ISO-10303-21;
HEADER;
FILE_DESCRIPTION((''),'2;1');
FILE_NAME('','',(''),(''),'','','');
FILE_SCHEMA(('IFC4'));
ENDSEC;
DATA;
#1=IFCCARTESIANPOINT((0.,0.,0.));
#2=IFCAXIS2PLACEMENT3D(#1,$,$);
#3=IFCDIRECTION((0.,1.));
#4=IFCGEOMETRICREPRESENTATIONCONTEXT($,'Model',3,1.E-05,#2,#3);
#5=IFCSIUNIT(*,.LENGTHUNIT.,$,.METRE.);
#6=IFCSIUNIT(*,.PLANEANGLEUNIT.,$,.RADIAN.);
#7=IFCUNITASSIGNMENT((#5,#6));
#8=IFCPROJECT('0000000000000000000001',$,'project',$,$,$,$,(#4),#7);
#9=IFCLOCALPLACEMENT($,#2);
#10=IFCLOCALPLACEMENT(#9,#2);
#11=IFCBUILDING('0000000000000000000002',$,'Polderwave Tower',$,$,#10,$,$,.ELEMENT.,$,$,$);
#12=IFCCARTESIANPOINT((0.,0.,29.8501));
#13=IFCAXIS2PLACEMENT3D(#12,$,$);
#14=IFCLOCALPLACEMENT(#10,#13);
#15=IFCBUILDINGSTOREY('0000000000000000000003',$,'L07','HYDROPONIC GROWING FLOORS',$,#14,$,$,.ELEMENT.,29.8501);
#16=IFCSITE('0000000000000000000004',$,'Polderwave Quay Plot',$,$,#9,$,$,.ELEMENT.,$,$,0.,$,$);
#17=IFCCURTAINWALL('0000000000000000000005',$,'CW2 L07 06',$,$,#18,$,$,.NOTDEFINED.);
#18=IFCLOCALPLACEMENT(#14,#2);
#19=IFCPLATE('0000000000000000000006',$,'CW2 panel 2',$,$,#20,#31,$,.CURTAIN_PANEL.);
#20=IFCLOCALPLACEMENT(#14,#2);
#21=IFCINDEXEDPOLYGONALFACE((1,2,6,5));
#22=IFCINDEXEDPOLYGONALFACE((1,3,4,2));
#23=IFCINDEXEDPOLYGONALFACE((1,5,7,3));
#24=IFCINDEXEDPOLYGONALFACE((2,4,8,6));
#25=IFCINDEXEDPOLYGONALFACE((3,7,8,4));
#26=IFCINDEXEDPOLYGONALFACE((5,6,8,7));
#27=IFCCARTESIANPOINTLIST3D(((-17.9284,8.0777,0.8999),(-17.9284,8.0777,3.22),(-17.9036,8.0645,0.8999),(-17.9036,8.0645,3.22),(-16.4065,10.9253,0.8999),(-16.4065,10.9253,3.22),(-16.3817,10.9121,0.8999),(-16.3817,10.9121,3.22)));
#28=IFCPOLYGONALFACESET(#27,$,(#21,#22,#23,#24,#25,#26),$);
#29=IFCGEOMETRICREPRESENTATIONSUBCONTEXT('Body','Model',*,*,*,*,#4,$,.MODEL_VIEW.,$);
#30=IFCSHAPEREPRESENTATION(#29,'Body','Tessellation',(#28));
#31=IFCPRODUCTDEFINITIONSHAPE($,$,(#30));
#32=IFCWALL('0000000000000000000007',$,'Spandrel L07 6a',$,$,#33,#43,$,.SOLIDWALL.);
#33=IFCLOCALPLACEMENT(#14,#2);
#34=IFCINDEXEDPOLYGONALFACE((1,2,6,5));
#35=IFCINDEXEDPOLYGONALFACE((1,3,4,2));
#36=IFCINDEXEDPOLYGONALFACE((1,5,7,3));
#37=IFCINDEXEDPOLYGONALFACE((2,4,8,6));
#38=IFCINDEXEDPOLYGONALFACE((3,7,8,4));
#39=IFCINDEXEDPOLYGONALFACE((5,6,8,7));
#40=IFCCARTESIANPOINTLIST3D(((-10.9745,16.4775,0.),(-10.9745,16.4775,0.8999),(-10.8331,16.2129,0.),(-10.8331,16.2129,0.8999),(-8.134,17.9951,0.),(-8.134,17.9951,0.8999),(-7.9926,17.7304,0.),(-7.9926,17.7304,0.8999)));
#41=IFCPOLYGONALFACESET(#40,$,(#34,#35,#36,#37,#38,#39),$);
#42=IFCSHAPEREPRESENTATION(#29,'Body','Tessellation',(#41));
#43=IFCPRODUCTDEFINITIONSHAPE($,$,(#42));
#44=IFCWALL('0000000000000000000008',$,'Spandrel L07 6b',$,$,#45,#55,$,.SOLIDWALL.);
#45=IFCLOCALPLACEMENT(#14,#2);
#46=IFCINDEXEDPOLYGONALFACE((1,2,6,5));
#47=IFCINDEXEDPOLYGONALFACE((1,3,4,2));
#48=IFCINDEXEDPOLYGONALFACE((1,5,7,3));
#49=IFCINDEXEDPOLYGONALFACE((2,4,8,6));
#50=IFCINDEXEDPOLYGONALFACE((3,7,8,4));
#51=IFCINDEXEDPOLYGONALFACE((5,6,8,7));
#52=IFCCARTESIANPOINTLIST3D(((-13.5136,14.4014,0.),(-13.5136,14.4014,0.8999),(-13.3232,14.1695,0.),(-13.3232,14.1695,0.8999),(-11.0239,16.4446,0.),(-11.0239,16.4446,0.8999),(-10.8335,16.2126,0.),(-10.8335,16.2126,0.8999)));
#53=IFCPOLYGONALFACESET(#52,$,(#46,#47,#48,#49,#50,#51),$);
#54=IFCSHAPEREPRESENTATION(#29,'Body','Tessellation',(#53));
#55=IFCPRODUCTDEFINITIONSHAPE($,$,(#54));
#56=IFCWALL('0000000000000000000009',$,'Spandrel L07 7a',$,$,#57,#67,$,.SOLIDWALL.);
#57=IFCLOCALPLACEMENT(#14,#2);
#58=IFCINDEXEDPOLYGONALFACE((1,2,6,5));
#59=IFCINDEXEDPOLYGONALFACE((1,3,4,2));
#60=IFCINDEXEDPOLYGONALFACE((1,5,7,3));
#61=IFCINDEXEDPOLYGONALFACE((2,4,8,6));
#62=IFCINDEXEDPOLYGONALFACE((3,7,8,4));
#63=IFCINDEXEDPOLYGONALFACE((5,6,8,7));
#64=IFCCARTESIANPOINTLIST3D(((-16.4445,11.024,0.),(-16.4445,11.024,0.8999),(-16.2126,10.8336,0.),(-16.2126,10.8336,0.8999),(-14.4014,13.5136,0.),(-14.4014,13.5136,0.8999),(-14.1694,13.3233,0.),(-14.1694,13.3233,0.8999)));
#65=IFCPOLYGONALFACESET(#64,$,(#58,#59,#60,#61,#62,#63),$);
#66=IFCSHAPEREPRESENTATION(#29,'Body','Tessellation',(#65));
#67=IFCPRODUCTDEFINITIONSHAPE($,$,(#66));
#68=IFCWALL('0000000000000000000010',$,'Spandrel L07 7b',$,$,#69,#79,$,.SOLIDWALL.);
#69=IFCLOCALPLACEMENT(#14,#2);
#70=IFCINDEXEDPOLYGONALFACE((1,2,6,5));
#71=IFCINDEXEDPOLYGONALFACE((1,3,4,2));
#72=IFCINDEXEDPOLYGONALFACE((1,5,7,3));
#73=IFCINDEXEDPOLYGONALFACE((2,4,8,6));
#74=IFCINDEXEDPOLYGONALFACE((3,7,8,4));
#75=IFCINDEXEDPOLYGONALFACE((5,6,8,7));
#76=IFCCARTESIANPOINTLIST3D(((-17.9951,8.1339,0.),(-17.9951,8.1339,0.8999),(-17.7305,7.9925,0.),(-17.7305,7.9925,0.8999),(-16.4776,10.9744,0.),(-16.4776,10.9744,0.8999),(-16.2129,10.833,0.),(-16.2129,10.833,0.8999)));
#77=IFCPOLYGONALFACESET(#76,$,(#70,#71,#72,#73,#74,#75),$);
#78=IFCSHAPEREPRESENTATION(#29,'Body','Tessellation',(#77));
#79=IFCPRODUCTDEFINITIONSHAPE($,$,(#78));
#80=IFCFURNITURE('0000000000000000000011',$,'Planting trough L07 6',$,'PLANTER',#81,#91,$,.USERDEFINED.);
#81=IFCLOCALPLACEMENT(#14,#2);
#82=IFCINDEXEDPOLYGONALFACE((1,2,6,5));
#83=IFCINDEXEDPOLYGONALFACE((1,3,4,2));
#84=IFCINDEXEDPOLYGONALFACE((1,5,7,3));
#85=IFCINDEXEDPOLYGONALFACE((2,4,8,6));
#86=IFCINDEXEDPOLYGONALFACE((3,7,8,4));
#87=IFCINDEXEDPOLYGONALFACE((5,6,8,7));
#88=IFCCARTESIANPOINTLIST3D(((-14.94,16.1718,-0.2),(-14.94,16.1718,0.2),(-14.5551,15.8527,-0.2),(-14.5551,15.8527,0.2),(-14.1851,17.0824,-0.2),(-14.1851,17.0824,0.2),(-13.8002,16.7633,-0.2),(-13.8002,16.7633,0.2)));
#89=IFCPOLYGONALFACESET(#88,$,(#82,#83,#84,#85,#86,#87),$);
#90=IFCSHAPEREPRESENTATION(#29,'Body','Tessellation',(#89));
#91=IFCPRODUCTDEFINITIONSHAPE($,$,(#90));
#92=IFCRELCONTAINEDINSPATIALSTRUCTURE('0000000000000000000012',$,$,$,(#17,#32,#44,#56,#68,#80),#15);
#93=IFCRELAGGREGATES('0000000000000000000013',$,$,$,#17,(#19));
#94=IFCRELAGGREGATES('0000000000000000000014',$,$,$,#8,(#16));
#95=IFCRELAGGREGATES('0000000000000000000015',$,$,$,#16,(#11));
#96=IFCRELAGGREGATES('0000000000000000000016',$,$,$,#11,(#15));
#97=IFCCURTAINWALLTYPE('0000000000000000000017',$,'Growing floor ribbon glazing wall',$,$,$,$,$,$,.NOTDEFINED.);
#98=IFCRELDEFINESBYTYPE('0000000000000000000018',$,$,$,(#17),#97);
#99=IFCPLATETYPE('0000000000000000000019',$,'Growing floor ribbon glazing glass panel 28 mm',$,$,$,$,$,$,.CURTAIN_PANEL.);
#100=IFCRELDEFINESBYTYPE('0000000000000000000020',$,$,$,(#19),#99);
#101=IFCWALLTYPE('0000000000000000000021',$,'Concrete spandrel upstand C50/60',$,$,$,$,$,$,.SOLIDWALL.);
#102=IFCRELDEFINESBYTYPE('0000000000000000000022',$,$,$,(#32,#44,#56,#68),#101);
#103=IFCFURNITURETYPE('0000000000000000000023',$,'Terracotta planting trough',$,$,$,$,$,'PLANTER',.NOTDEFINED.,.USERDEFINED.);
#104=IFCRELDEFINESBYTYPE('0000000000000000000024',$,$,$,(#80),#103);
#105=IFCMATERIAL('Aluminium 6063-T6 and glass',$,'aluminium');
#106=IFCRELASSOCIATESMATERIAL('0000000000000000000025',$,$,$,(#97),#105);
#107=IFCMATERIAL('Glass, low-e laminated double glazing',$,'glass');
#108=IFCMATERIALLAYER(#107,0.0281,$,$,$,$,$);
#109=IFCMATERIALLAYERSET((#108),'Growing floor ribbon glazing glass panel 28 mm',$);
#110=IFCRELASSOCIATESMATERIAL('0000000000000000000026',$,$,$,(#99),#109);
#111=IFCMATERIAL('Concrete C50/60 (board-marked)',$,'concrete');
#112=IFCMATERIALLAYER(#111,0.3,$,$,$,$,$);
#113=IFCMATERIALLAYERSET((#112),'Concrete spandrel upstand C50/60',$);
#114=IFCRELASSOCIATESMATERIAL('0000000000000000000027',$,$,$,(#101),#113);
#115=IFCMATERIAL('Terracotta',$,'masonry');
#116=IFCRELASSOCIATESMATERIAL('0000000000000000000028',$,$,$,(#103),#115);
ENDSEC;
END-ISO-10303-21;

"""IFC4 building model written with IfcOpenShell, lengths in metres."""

from ifc_helpers import new_model, si_unit, direction, frame, frame_2d, origin, origin_2d, place, context, subcontext, project, spatial, rectangle, extrude, material, layer, layer_set, type_object, element, aggregate, save


model = new_model("IFC4")

# Units and contexts
model_context = context("Model", 3, precision=1e-05, world=origin(), true_north=direction((0.0, 1.0)))
body_context = subcontext(model_context, "Body", "Model", "MODEL_VIEW")
ifc_project = project(units=[si_unit("LENGTHUNIT", "METRE"), si_unit("PLANEANGLEUNIT", "RADIAN")], contexts=[model_context])

# Site, building, storey
site_placement = place(None, origin())
site = spatial("IfcSite", under=ifc_project, at=site_placement, Name="Polderwave Quay Plot", CompositionType="ELEMENT", RefElevation=0.0)
building_placement = place(site_placement, origin())
building = spatial("IfcBuilding", under=site, at=building_placement, Name="Polderwave Tower", CompositionType="ELEMENT")
storey_placement = place(building_placement, frame((0.0, 0.0, 29.8501)))
storey = spatial("IfcBuildingStorey", under=building, at=storey_placement, Name="L07", Description="HYDROPONIC GROWING FLOORS", CompositionType="ELEMENT", Elevation=29.8501)

# Curtain wall
ifc_material_1 = material(Name="Aluminium 6063-T6 and glass", Category="aluminium")
curtain_wall_type = type_object("IfcCurtainWallType", Name="Growing floor ribbon glazing wall", PredefinedType="NOTDEFINED", material=ifc_material_1)
curtain_wall_1_placement = place(storey_placement, origin())
curtain_wall_1 = element("IfcCurtainWall", 1, at=curtain_wall_1_placement, inside=storey, type_object=curtain_wall_type, Name="CW2 L07 06", PredefinedType="NOTDEFINED")

# Plate
ifc_material_2 = material(Name="Glass, low-e laminated double glazing", Category="glass")
ifc_layer_1 = layer(ifc_material_2, 0.0281)
ifc_layer_set_1 = layer_set([ifc_layer_1], Name="Growing floor ribbon glazing glass panel 28 mm")
plate_type = type_object("IfcPlateType", Name="Growing floor ribbon glazing glass panel 28 mm", PredefinedType="CURTAIN_PANEL", material=ifc_layer_set_1)
plate_1_placement = place(storey_placement, frame((-17.155, 9.4949, 0.8999), z_axis=(0.0, 0.0, 1.0), x_axis=(-0.471352, -0.881945, 0.0)))
plate_1 = element("IfcPlate", 2, at=plate_1_placement, type_object=plate_type, Name="CW2 panel 2", PredefinedType="CURTAIN_PANEL", context=body_context, shape_type="SweptSolid", body=[
    extrude(rectangle(XDim=3.2288, YDim=0.0281, at=origin_2d()), origin(), (0.0, 0.0, 1.0), 2.3201),
])
aggregate(curtain_wall_1, [plate_1])

# Walls
ifc_material_3 = material(Name="Concrete C50/60 (board-marked)", Category="concrete")
ifc_layer_2 = layer(ifc_material_3, 0.3)
ifc_layer_set_2 = layer_set([ifc_layer_2], Name="Concrete spandrel upstand C50/60")
wall_type = type_object("IfcWallType", Name="Concrete spandrel upstand C50/60", PredefinedType="SOLIDWALL", material=ifc_layer_set_2)
wall_1_placement = place(storey_placement, frame((-8.0632, 17.8628, 0.0), z_axis=(0.0, 0.0, 1.0), x_axis=(-0.882017, -0.471218, 0.0)))
element("IfcWall", 3, at=wall_1_placement, inside=storey, type_object=wall_type, Name="Spandrel L07 6a", PredefinedType="SOLIDWALL", context=body_context, shape_type="SweptSolid", body=[
    extrude(rectangle(XDim=3.2205, YDim=0.3, at=frame_2d((1.6104, 0.0))), origin(), (0.0, 0.0, 1.0), 0.8999),
])
for number, where, z_axis, x_axis, name in (
    (4, (-10.9287, 16.3286, 0.0), (0.0, 0.0, 1.0), (-0.773021, -0.63438, 0.0), "Spandrel L07 6b"),
    (5, (-14.2854, 13.4185, 0.0), (0.0, 0.0, 1.0), (-0.63438, -0.773021, 0.0), "Spandrel L07 7a"),
):
    element("IfcWall", number, at=place(storey_placement, frame(where, z_axis=z_axis, x_axis=x_axis)), inside=storey, type_object=wall_type, Name=name, PredefinedType="SOLIDWALL", context=body_context, shape_type="SweptSolid", body=[
        extrude(rectangle(XDim=3.2207, YDim=0.3, at=frame_2d((1.6104, 0.0))), origin(), (0.0, 0.0, 1.0), 0.8999),
    ])
wall_2_placement = place(storey_placement, frame((-16.3452, 10.9038, 0.0), z_axis=(0.0, 0.0, 1.0), x_axis=(-0.471218, -0.882017, 0.0)))
element("IfcWall", 6, at=wall_2_placement, inside=storey, type_object=wall_type, Name="Spandrel L07 7b", PredefinedType="SOLIDWALL", context=body_context, shape_type="SweptSolid", body=[
    extrude(rectangle(XDim=3.2205, YDim=0.3, at=frame_2d((1.6104, 0.0))), origin(), (0.0, 0.0, 1.0), 0.8999),
])

# Furniture
ifc_material_4 = material(Name="Terracotta", Category="masonry")
furniture_type = type_object("IfcFurnitureType", Name="Terracotta planting trough", ElementType="PLANTER", AssemblyPlace="NOTDEFINED", PredefinedType="USERDEFINED", material=ifc_material_4)
furniture_placement = place(storey_placement, frame((-14.3701, 16.4675, -0.2), z_axis=(0.0, 0.0, 1.0), x_axis=(-0.638209, -0.769863, 0.0)))
element("IfcFurniture", 7, at=furniture_placement, inside=storey, type_object=furniture_type, Name="Planting trough L07 6", ObjectType="PLANTER", PredefinedType="USERDEFINED", context=body_context, shape_type="SweptSolid", body=[
    extrude(rectangle(XDim=1.1829, YDim=0.5, at=origin_2d()), origin(), (0.0, 0.0, 1.0), 0.3999),
])

save(model, "model.ifc")
